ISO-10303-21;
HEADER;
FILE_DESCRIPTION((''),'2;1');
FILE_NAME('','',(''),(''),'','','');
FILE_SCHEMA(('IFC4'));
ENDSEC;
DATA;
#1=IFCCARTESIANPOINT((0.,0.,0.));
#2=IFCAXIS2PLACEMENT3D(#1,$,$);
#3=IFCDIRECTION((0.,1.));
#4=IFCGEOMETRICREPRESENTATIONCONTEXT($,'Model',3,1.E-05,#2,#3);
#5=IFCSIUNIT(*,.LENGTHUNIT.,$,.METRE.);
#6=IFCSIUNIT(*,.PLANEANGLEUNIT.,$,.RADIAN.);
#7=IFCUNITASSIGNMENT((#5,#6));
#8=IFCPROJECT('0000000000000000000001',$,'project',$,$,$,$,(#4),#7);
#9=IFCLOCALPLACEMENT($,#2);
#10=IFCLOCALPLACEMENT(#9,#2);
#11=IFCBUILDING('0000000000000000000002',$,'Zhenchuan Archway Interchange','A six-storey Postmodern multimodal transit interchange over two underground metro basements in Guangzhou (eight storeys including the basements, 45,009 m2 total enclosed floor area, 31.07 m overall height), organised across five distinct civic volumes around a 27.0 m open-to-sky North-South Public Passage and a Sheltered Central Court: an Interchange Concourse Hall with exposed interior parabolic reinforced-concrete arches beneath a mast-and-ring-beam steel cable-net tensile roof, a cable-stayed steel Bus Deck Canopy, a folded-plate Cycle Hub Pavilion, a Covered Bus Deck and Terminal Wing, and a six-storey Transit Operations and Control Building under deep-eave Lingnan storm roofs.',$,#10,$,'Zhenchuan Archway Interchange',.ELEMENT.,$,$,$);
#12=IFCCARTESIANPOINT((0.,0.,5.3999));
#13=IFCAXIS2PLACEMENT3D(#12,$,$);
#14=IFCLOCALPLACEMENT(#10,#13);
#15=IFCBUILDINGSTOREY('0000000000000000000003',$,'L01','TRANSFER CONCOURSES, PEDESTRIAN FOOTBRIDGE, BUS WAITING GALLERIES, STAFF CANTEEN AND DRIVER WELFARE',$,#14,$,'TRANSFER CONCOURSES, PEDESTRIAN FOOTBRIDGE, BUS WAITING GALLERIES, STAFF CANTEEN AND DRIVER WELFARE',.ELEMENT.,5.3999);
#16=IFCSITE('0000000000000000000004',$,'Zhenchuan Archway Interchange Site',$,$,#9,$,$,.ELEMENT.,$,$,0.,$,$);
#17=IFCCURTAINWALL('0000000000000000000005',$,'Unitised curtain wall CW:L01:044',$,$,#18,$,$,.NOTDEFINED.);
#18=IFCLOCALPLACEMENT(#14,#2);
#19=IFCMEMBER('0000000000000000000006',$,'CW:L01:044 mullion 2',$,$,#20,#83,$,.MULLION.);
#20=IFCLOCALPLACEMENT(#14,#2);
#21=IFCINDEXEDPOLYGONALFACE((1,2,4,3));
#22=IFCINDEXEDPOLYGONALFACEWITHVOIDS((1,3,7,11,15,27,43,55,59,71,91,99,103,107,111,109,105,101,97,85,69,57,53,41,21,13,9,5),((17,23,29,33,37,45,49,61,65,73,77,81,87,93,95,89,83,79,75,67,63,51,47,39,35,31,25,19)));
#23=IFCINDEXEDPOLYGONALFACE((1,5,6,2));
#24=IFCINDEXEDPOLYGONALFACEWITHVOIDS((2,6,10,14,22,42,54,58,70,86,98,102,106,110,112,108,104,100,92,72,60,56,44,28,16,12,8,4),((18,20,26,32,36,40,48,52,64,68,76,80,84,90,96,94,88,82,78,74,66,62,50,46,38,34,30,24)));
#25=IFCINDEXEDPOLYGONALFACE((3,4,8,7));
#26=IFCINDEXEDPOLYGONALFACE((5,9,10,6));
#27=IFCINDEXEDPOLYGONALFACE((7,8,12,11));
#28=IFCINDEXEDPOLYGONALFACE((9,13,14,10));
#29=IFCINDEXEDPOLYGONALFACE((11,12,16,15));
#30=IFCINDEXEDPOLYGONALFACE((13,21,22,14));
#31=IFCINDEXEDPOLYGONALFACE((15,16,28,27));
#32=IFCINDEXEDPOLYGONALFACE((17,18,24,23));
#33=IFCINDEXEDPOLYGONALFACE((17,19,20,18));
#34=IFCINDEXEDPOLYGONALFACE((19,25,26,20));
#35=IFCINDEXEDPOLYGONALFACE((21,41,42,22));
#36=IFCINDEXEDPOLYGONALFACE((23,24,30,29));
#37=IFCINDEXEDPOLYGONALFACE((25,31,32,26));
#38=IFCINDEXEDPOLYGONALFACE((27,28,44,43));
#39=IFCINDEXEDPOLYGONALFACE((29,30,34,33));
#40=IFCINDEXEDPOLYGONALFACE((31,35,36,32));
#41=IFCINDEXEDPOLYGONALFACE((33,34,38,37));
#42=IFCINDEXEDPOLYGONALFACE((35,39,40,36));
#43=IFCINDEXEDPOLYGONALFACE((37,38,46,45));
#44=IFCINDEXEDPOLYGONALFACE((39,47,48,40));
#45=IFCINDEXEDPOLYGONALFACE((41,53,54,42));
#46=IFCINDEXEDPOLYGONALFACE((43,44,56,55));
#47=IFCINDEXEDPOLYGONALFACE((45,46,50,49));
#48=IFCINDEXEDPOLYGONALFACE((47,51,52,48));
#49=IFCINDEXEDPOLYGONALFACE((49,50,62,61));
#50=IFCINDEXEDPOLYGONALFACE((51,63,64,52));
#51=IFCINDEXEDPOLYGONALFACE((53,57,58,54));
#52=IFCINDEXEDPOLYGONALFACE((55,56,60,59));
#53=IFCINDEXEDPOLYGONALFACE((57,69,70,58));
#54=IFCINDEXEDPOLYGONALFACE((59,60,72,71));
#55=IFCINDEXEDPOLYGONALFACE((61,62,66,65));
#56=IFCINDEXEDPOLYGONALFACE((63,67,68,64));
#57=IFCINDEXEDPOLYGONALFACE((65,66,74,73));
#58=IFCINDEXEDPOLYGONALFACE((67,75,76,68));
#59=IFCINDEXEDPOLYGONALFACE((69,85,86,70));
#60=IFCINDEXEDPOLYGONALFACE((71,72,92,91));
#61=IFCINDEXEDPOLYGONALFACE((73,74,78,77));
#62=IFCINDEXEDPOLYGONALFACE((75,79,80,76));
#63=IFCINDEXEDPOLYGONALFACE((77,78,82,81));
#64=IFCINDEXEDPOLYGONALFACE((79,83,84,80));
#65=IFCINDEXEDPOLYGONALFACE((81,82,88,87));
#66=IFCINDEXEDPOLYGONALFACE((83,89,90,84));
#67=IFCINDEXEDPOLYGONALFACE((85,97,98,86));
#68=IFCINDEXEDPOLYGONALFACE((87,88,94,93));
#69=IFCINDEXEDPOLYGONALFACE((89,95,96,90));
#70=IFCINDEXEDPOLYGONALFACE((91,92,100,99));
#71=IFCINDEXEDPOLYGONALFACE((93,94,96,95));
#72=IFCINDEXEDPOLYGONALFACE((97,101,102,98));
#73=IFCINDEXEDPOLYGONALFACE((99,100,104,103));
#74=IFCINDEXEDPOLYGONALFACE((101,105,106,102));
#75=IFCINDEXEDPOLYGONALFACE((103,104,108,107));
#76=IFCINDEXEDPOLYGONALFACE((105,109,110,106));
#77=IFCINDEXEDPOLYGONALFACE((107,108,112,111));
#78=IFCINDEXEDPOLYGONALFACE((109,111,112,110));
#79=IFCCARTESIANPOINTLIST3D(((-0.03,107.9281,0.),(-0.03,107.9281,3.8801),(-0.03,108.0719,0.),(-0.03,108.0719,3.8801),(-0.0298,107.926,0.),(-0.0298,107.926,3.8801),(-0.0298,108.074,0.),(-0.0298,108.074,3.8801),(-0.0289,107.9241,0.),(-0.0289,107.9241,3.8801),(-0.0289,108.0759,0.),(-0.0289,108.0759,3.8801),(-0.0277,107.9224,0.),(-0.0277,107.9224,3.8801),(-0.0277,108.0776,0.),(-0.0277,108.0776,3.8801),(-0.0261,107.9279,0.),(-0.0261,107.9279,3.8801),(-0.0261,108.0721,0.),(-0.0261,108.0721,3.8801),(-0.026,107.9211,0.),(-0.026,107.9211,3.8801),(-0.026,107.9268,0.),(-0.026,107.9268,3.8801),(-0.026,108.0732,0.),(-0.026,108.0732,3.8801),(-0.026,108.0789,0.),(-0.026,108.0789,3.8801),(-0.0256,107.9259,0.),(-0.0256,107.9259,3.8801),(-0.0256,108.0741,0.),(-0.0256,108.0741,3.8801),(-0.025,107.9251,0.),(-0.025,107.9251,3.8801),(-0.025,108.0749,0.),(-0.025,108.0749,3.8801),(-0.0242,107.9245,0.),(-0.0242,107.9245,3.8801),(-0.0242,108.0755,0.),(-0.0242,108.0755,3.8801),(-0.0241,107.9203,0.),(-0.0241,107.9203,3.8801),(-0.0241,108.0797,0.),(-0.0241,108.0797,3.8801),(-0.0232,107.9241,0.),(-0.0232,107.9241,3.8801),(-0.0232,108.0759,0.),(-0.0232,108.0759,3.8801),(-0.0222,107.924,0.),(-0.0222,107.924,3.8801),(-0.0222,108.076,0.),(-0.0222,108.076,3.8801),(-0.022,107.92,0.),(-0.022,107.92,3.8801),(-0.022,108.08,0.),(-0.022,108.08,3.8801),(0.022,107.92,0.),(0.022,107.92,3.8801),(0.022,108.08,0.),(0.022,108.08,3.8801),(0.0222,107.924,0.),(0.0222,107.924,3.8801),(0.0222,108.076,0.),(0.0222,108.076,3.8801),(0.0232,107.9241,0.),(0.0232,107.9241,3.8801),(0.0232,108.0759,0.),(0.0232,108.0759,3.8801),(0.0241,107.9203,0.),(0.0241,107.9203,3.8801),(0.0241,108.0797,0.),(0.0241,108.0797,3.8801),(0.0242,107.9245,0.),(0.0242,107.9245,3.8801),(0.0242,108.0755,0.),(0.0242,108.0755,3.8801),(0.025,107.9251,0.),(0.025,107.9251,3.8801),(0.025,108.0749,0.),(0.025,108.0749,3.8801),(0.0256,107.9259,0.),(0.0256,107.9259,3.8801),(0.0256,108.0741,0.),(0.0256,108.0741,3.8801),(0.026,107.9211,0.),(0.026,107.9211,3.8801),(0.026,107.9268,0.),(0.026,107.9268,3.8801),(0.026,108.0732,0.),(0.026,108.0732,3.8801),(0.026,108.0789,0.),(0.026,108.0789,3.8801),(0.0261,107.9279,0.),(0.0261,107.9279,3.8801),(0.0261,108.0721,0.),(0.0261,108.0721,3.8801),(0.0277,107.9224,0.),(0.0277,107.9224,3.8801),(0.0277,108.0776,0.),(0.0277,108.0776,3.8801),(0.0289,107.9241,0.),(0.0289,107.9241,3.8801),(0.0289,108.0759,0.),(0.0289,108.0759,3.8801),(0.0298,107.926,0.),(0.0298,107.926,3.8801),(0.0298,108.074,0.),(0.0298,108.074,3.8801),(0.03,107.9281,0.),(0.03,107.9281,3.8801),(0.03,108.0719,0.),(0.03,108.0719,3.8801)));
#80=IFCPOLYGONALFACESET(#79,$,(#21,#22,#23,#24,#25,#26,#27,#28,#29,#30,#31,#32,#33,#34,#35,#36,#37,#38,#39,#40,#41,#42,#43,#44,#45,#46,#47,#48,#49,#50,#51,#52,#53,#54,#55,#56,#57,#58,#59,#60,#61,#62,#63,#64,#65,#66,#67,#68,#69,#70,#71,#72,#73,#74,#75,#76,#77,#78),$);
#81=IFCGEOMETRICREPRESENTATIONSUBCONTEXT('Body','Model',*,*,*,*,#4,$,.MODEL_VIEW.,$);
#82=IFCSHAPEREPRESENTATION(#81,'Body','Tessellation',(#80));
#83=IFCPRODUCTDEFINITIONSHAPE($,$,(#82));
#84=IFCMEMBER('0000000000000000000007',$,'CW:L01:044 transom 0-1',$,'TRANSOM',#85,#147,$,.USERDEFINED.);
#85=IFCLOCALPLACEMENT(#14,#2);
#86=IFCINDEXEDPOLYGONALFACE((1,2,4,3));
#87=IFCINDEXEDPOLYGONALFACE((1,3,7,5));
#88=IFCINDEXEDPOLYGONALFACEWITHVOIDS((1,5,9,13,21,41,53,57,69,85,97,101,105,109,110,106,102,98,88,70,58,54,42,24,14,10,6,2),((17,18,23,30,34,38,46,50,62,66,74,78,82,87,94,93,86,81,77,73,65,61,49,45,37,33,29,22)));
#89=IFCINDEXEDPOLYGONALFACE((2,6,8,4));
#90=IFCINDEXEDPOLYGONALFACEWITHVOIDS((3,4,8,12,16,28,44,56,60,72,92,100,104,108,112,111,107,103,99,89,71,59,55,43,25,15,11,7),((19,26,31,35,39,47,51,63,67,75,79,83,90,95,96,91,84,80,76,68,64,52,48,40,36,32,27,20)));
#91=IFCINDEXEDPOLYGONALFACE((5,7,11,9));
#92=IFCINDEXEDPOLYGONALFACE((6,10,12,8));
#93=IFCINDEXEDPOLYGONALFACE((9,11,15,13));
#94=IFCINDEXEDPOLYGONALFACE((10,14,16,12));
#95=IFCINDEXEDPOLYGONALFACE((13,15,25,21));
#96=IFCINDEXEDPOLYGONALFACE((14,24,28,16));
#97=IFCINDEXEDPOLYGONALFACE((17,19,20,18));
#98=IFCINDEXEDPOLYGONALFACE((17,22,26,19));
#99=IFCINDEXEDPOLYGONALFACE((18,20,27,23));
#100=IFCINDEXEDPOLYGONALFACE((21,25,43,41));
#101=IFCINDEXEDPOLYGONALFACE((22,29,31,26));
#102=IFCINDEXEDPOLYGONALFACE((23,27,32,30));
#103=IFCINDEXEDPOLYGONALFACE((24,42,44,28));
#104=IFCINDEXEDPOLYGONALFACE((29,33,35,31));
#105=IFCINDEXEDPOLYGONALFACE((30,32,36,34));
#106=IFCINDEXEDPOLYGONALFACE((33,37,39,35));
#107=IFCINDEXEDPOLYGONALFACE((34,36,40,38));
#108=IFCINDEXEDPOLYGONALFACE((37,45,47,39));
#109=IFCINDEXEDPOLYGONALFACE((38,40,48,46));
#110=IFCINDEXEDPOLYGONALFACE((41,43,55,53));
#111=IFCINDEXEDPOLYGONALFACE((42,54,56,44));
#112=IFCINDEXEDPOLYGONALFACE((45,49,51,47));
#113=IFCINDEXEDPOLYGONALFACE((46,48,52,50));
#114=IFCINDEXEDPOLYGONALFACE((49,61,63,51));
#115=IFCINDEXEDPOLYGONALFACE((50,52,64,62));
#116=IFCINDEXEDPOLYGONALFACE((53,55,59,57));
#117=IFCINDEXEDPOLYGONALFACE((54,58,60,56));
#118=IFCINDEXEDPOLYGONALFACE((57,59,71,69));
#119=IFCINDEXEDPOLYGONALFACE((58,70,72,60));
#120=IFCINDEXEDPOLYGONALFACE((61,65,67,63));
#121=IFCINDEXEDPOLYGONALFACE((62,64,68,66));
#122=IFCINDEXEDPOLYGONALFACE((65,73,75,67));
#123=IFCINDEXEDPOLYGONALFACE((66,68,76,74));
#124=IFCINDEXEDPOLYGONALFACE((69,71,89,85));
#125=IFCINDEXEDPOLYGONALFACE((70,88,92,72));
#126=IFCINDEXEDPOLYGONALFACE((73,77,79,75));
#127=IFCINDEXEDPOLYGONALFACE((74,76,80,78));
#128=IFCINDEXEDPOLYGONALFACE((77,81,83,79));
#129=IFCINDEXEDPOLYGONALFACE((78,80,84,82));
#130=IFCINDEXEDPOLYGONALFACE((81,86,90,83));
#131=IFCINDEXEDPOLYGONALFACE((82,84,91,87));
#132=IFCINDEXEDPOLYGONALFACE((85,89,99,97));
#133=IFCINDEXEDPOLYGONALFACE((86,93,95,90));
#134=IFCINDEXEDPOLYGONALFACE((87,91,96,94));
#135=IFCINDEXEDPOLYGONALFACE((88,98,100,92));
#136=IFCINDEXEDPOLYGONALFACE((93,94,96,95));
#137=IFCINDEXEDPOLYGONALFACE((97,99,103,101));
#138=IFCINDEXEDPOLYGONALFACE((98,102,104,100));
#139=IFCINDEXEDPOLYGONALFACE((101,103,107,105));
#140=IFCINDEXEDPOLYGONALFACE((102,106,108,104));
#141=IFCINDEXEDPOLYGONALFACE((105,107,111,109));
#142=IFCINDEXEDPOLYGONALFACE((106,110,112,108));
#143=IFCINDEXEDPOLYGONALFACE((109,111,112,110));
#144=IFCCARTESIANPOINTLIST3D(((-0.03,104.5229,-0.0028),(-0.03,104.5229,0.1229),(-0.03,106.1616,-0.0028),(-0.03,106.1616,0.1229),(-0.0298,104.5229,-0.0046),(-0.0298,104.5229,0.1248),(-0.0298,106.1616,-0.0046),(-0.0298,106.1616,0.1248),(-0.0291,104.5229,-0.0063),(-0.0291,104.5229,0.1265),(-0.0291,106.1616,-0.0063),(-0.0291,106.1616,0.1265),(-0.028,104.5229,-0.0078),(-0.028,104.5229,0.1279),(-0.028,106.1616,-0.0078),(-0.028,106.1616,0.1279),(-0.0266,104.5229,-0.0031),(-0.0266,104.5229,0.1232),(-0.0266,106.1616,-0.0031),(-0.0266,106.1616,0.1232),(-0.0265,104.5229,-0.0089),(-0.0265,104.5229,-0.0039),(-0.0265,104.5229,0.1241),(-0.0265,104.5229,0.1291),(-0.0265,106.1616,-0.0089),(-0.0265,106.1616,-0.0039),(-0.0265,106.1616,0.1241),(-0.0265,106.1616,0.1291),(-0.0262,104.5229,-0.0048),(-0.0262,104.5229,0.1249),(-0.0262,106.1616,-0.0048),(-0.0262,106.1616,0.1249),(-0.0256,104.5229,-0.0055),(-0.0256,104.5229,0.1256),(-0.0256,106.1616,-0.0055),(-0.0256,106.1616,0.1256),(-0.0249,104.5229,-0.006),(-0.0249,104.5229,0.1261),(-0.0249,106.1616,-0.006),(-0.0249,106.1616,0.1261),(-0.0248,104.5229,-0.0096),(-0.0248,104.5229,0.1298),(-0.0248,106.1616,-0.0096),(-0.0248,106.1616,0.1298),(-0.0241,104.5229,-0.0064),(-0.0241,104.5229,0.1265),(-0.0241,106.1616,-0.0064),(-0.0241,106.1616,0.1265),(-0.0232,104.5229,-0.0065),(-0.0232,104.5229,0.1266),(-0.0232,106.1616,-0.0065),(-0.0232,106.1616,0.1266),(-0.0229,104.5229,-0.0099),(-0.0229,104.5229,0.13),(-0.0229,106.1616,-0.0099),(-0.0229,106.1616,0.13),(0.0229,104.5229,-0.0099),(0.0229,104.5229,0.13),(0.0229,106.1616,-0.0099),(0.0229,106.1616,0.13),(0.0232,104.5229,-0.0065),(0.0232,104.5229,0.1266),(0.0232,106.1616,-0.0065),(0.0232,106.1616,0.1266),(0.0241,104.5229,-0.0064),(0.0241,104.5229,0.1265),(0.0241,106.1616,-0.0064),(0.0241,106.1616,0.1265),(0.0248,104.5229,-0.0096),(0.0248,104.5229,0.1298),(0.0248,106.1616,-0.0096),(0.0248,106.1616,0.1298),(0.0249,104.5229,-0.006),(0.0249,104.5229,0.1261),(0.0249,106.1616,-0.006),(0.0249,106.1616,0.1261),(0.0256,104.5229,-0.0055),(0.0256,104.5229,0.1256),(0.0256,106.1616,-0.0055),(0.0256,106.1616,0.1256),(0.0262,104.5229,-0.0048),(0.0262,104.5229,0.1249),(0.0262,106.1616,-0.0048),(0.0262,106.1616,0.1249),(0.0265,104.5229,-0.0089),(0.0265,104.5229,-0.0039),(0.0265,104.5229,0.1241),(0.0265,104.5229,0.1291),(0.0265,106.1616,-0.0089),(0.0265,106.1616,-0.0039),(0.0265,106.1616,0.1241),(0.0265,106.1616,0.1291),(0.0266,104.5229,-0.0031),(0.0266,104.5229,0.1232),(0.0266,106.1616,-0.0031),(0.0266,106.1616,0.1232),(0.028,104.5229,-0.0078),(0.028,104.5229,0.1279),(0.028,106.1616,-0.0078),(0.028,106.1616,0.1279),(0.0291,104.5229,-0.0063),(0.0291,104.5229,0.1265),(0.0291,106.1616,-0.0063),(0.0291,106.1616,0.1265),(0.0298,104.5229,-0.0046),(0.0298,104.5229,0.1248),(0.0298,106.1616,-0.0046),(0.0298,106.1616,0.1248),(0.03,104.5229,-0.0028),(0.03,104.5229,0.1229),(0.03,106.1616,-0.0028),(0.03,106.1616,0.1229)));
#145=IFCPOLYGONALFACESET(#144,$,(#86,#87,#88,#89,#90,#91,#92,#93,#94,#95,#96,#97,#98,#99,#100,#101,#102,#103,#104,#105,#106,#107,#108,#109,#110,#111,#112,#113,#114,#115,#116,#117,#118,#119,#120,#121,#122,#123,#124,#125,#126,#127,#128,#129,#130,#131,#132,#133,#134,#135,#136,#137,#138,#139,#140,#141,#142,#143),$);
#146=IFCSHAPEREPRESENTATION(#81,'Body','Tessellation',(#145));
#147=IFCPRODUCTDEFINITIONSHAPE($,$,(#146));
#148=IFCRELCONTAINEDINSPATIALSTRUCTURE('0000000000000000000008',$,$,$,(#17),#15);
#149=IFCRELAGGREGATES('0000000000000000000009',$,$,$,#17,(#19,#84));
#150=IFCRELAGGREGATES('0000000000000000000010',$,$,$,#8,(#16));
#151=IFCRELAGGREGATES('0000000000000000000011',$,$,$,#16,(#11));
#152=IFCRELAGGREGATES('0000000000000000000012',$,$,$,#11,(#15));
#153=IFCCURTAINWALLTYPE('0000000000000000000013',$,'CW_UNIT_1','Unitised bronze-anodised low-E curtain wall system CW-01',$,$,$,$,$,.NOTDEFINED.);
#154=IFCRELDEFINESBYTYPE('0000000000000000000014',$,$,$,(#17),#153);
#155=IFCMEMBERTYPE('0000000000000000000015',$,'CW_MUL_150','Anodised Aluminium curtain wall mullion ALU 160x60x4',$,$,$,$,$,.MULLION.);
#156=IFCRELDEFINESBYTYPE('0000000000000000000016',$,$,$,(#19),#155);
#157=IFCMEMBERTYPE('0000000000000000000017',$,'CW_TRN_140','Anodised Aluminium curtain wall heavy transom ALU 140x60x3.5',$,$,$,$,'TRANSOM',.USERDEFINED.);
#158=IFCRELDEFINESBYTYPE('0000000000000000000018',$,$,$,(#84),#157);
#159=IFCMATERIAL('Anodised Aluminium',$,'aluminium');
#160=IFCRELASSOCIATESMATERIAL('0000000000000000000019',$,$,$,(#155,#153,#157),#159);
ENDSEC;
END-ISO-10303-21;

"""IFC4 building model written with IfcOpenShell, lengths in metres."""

from ifc_helpers import new_model, si_unit, direction, frame, origin, origin_2d, place, context, subcontext, project, spatial, hollow_rectangle, extrude, material, material_profile, profile_set, type_object, element, aggregate, save


model = new_model("IFC4")

# Units and contexts
model_context = context("Model", 3, precision=1e-05, world=origin(), true_north=direction((0.0, 1.0)))
body_context = subcontext(model_context, "Body", "Model", "MODEL_VIEW")
ifc_project = project(units=[si_unit("LENGTHUNIT", "METRE"), si_unit("PLANEANGLEUNIT", "RADIAN")], contexts=[model_context])

# Site, building, storey
site_placement = place(None, origin())
site = spatial("IfcSite", under=ifc_project, at=site_placement, Name="Zhenchuan Archway Interchange Site", CompositionType="ELEMENT", RefElevation=0.0)
building_placement = place(site_placement, origin())
building = spatial("IfcBuilding", under=site, at=building_placement, Name="Zhenchuan Archway Interchange", Description="A six-storey Postmodern multimodal transit interchange over two underground metro basements in Guangzhou (eight storeys including the basements, 45,009 m2 total enclosed floor area, 31.07 m overall height), organised across five distinct civic volumes around a 27.0 m open-to-sky North-South Public Passage and a Sheltered Central Court: an Interchange Concourse Hall with exposed interior parabolic reinforced-concrete arches beneath a mast-and-ring-beam steel cable-net tensile roof, a cable-stayed steel Bus Deck Canopy, a folded-plate Cycle Hub Pavilion, a Covered Bus Deck and Terminal Wing, and a six-storey Transit Operations and Control Building under deep-eave Lingnan storm roofs.", LongName="Zhenchuan Archway Interchange", CompositionType="ELEMENT")
storey_placement = place(building_placement, frame((0.0, 0.0, 5.3999)))
storey = spatial("IfcBuildingStorey", under=building, at=storey_placement, Name="L01", Description="TRANSFER CONCOURSES, PEDESTRIAN FOOTBRIDGE, BUS WAITING GALLERIES, STAFF CANTEEN AND DRIVER WELFARE", LongName="TRANSFER CONCOURSES, PEDESTRIAN FOOTBRIDGE, BUS WAITING GALLERIES, STAFF CANTEEN AND DRIVER WELFARE", CompositionType="ELEMENT", Elevation=5.3999)

# Shared definitions
ifc_material_1 = material(Name="Anodised Aluminium", Category="aluminium")
ifc_material_profile_1 = material_profile(ifc_material_1, hollow_rectangle(XDim=0.0601, YDim=0.1599, WallThickness=0.0039, InnerFilletRadius=0.0039, OuterFilletRadius=0.0081, at=origin_2d()), Name="ALU 160x60x4")
ifc_profile_set_1 = profile_set([ifc_material_profile_1], Name="Anodised Aluminium")
member_type_1 = type_object("IfcMemberType", Name="CW_MUL_150", Description="Anodised Aluminium curtain wall mullion ALU 160x60x4", PredefinedType="MULLION", material=ifc_profile_set_1)

# Curtain wall, members
curtain_wall_type_1 = type_object("IfcCurtainWallType", Name="CW_UNIT_1", Description="Unitised bronze-anodised low-E curtain wall system CW-01", PredefinedType="NOTDEFINED", material=ifc_material_1)
curtain_wall_1_placement = place(storey_placement, origin())
curtain_wall_1 = element("IfcCurtainWall", 1, at=curtain_wall_1_placement, inside=storey, type_object=curtain_wall_type_1, Name="Unitised curtain wall CW:L01:044", PredefinedType="NOTDEFINED")
member_1_placement = place(storey_placement, frame((0.0, 108.0, 0.0), z_axis=(0.0, 0.0, 1.0), x_axis=(1.0, 0.0, 0.0)))
member_1 = element("IfcMember", 2, at=member_1_placement, type_object=member_type_1, Name="CW:L01:044 mullion 2", PredefinedType="MULLION", context=body_context, shape_type="SweptSolid", body=[
    extrude(hollow_rectangle(XDim=0.0601, YDim=0.1599, WallThickness=0.0039, InnerFilletRadius=0.0039, OuterFilletRadius=0.0081, at=origin_2d()), origin(), (0.0, 0.0, 1.0), 3.8801),
])
ifc_material_profile_2 = material_profile(ifc_material_1, hollow_rectangle(XDim=0.0601, YDim=0.1399, WallThickness=0.0034, InnerFilletRadius=0.0034, OuterFilletRadius=0.0071, at=origin_2d()), Name="ALU 140x60x3.5")
ifc_profile_set_2 = profile_set([ifc_material_profile_2], Name="Anodised Aluminium")
member_type_2 = type_object("IfcMemberType", Name="CW_TRN_140", Description="Anodised Aluminium curtain wall heavy transom ALU 140x60x3.5", ElementType="TRANSOM", PredefinedType="USERDEFINED", material=ifc_profile_set_2)
member_2_placement = place(storey_placement, frame((0.0, 104.5229, 0.0601), z_axis=(0.0, 1.0, 0.0), x_axis=(-1.0, 0.0, 0.0)))
member_2 = element("IfcMember", 3, at=member_2_placement, type_object=member_type_2, Name="CW:L01:044 transom 0-1", ObjectType="TRANSOM", PredefinedType="USERDEFINED", context=body_context, shape_type="SweptSolid", body=[
    extrude(hollow_rectangle(XDim=0.0601, YDim=0.1399, WallThickness=0.0034, InnerFilletRadius=0.0034, OuterFilletRadius=0.0071, at=origin_2d()), origin(), (0.0, 0.0, 1.0), 1.6387),
])

aggregate(curtain_wall_1, [member_1, member_2])

save(model, "model.ifc")
